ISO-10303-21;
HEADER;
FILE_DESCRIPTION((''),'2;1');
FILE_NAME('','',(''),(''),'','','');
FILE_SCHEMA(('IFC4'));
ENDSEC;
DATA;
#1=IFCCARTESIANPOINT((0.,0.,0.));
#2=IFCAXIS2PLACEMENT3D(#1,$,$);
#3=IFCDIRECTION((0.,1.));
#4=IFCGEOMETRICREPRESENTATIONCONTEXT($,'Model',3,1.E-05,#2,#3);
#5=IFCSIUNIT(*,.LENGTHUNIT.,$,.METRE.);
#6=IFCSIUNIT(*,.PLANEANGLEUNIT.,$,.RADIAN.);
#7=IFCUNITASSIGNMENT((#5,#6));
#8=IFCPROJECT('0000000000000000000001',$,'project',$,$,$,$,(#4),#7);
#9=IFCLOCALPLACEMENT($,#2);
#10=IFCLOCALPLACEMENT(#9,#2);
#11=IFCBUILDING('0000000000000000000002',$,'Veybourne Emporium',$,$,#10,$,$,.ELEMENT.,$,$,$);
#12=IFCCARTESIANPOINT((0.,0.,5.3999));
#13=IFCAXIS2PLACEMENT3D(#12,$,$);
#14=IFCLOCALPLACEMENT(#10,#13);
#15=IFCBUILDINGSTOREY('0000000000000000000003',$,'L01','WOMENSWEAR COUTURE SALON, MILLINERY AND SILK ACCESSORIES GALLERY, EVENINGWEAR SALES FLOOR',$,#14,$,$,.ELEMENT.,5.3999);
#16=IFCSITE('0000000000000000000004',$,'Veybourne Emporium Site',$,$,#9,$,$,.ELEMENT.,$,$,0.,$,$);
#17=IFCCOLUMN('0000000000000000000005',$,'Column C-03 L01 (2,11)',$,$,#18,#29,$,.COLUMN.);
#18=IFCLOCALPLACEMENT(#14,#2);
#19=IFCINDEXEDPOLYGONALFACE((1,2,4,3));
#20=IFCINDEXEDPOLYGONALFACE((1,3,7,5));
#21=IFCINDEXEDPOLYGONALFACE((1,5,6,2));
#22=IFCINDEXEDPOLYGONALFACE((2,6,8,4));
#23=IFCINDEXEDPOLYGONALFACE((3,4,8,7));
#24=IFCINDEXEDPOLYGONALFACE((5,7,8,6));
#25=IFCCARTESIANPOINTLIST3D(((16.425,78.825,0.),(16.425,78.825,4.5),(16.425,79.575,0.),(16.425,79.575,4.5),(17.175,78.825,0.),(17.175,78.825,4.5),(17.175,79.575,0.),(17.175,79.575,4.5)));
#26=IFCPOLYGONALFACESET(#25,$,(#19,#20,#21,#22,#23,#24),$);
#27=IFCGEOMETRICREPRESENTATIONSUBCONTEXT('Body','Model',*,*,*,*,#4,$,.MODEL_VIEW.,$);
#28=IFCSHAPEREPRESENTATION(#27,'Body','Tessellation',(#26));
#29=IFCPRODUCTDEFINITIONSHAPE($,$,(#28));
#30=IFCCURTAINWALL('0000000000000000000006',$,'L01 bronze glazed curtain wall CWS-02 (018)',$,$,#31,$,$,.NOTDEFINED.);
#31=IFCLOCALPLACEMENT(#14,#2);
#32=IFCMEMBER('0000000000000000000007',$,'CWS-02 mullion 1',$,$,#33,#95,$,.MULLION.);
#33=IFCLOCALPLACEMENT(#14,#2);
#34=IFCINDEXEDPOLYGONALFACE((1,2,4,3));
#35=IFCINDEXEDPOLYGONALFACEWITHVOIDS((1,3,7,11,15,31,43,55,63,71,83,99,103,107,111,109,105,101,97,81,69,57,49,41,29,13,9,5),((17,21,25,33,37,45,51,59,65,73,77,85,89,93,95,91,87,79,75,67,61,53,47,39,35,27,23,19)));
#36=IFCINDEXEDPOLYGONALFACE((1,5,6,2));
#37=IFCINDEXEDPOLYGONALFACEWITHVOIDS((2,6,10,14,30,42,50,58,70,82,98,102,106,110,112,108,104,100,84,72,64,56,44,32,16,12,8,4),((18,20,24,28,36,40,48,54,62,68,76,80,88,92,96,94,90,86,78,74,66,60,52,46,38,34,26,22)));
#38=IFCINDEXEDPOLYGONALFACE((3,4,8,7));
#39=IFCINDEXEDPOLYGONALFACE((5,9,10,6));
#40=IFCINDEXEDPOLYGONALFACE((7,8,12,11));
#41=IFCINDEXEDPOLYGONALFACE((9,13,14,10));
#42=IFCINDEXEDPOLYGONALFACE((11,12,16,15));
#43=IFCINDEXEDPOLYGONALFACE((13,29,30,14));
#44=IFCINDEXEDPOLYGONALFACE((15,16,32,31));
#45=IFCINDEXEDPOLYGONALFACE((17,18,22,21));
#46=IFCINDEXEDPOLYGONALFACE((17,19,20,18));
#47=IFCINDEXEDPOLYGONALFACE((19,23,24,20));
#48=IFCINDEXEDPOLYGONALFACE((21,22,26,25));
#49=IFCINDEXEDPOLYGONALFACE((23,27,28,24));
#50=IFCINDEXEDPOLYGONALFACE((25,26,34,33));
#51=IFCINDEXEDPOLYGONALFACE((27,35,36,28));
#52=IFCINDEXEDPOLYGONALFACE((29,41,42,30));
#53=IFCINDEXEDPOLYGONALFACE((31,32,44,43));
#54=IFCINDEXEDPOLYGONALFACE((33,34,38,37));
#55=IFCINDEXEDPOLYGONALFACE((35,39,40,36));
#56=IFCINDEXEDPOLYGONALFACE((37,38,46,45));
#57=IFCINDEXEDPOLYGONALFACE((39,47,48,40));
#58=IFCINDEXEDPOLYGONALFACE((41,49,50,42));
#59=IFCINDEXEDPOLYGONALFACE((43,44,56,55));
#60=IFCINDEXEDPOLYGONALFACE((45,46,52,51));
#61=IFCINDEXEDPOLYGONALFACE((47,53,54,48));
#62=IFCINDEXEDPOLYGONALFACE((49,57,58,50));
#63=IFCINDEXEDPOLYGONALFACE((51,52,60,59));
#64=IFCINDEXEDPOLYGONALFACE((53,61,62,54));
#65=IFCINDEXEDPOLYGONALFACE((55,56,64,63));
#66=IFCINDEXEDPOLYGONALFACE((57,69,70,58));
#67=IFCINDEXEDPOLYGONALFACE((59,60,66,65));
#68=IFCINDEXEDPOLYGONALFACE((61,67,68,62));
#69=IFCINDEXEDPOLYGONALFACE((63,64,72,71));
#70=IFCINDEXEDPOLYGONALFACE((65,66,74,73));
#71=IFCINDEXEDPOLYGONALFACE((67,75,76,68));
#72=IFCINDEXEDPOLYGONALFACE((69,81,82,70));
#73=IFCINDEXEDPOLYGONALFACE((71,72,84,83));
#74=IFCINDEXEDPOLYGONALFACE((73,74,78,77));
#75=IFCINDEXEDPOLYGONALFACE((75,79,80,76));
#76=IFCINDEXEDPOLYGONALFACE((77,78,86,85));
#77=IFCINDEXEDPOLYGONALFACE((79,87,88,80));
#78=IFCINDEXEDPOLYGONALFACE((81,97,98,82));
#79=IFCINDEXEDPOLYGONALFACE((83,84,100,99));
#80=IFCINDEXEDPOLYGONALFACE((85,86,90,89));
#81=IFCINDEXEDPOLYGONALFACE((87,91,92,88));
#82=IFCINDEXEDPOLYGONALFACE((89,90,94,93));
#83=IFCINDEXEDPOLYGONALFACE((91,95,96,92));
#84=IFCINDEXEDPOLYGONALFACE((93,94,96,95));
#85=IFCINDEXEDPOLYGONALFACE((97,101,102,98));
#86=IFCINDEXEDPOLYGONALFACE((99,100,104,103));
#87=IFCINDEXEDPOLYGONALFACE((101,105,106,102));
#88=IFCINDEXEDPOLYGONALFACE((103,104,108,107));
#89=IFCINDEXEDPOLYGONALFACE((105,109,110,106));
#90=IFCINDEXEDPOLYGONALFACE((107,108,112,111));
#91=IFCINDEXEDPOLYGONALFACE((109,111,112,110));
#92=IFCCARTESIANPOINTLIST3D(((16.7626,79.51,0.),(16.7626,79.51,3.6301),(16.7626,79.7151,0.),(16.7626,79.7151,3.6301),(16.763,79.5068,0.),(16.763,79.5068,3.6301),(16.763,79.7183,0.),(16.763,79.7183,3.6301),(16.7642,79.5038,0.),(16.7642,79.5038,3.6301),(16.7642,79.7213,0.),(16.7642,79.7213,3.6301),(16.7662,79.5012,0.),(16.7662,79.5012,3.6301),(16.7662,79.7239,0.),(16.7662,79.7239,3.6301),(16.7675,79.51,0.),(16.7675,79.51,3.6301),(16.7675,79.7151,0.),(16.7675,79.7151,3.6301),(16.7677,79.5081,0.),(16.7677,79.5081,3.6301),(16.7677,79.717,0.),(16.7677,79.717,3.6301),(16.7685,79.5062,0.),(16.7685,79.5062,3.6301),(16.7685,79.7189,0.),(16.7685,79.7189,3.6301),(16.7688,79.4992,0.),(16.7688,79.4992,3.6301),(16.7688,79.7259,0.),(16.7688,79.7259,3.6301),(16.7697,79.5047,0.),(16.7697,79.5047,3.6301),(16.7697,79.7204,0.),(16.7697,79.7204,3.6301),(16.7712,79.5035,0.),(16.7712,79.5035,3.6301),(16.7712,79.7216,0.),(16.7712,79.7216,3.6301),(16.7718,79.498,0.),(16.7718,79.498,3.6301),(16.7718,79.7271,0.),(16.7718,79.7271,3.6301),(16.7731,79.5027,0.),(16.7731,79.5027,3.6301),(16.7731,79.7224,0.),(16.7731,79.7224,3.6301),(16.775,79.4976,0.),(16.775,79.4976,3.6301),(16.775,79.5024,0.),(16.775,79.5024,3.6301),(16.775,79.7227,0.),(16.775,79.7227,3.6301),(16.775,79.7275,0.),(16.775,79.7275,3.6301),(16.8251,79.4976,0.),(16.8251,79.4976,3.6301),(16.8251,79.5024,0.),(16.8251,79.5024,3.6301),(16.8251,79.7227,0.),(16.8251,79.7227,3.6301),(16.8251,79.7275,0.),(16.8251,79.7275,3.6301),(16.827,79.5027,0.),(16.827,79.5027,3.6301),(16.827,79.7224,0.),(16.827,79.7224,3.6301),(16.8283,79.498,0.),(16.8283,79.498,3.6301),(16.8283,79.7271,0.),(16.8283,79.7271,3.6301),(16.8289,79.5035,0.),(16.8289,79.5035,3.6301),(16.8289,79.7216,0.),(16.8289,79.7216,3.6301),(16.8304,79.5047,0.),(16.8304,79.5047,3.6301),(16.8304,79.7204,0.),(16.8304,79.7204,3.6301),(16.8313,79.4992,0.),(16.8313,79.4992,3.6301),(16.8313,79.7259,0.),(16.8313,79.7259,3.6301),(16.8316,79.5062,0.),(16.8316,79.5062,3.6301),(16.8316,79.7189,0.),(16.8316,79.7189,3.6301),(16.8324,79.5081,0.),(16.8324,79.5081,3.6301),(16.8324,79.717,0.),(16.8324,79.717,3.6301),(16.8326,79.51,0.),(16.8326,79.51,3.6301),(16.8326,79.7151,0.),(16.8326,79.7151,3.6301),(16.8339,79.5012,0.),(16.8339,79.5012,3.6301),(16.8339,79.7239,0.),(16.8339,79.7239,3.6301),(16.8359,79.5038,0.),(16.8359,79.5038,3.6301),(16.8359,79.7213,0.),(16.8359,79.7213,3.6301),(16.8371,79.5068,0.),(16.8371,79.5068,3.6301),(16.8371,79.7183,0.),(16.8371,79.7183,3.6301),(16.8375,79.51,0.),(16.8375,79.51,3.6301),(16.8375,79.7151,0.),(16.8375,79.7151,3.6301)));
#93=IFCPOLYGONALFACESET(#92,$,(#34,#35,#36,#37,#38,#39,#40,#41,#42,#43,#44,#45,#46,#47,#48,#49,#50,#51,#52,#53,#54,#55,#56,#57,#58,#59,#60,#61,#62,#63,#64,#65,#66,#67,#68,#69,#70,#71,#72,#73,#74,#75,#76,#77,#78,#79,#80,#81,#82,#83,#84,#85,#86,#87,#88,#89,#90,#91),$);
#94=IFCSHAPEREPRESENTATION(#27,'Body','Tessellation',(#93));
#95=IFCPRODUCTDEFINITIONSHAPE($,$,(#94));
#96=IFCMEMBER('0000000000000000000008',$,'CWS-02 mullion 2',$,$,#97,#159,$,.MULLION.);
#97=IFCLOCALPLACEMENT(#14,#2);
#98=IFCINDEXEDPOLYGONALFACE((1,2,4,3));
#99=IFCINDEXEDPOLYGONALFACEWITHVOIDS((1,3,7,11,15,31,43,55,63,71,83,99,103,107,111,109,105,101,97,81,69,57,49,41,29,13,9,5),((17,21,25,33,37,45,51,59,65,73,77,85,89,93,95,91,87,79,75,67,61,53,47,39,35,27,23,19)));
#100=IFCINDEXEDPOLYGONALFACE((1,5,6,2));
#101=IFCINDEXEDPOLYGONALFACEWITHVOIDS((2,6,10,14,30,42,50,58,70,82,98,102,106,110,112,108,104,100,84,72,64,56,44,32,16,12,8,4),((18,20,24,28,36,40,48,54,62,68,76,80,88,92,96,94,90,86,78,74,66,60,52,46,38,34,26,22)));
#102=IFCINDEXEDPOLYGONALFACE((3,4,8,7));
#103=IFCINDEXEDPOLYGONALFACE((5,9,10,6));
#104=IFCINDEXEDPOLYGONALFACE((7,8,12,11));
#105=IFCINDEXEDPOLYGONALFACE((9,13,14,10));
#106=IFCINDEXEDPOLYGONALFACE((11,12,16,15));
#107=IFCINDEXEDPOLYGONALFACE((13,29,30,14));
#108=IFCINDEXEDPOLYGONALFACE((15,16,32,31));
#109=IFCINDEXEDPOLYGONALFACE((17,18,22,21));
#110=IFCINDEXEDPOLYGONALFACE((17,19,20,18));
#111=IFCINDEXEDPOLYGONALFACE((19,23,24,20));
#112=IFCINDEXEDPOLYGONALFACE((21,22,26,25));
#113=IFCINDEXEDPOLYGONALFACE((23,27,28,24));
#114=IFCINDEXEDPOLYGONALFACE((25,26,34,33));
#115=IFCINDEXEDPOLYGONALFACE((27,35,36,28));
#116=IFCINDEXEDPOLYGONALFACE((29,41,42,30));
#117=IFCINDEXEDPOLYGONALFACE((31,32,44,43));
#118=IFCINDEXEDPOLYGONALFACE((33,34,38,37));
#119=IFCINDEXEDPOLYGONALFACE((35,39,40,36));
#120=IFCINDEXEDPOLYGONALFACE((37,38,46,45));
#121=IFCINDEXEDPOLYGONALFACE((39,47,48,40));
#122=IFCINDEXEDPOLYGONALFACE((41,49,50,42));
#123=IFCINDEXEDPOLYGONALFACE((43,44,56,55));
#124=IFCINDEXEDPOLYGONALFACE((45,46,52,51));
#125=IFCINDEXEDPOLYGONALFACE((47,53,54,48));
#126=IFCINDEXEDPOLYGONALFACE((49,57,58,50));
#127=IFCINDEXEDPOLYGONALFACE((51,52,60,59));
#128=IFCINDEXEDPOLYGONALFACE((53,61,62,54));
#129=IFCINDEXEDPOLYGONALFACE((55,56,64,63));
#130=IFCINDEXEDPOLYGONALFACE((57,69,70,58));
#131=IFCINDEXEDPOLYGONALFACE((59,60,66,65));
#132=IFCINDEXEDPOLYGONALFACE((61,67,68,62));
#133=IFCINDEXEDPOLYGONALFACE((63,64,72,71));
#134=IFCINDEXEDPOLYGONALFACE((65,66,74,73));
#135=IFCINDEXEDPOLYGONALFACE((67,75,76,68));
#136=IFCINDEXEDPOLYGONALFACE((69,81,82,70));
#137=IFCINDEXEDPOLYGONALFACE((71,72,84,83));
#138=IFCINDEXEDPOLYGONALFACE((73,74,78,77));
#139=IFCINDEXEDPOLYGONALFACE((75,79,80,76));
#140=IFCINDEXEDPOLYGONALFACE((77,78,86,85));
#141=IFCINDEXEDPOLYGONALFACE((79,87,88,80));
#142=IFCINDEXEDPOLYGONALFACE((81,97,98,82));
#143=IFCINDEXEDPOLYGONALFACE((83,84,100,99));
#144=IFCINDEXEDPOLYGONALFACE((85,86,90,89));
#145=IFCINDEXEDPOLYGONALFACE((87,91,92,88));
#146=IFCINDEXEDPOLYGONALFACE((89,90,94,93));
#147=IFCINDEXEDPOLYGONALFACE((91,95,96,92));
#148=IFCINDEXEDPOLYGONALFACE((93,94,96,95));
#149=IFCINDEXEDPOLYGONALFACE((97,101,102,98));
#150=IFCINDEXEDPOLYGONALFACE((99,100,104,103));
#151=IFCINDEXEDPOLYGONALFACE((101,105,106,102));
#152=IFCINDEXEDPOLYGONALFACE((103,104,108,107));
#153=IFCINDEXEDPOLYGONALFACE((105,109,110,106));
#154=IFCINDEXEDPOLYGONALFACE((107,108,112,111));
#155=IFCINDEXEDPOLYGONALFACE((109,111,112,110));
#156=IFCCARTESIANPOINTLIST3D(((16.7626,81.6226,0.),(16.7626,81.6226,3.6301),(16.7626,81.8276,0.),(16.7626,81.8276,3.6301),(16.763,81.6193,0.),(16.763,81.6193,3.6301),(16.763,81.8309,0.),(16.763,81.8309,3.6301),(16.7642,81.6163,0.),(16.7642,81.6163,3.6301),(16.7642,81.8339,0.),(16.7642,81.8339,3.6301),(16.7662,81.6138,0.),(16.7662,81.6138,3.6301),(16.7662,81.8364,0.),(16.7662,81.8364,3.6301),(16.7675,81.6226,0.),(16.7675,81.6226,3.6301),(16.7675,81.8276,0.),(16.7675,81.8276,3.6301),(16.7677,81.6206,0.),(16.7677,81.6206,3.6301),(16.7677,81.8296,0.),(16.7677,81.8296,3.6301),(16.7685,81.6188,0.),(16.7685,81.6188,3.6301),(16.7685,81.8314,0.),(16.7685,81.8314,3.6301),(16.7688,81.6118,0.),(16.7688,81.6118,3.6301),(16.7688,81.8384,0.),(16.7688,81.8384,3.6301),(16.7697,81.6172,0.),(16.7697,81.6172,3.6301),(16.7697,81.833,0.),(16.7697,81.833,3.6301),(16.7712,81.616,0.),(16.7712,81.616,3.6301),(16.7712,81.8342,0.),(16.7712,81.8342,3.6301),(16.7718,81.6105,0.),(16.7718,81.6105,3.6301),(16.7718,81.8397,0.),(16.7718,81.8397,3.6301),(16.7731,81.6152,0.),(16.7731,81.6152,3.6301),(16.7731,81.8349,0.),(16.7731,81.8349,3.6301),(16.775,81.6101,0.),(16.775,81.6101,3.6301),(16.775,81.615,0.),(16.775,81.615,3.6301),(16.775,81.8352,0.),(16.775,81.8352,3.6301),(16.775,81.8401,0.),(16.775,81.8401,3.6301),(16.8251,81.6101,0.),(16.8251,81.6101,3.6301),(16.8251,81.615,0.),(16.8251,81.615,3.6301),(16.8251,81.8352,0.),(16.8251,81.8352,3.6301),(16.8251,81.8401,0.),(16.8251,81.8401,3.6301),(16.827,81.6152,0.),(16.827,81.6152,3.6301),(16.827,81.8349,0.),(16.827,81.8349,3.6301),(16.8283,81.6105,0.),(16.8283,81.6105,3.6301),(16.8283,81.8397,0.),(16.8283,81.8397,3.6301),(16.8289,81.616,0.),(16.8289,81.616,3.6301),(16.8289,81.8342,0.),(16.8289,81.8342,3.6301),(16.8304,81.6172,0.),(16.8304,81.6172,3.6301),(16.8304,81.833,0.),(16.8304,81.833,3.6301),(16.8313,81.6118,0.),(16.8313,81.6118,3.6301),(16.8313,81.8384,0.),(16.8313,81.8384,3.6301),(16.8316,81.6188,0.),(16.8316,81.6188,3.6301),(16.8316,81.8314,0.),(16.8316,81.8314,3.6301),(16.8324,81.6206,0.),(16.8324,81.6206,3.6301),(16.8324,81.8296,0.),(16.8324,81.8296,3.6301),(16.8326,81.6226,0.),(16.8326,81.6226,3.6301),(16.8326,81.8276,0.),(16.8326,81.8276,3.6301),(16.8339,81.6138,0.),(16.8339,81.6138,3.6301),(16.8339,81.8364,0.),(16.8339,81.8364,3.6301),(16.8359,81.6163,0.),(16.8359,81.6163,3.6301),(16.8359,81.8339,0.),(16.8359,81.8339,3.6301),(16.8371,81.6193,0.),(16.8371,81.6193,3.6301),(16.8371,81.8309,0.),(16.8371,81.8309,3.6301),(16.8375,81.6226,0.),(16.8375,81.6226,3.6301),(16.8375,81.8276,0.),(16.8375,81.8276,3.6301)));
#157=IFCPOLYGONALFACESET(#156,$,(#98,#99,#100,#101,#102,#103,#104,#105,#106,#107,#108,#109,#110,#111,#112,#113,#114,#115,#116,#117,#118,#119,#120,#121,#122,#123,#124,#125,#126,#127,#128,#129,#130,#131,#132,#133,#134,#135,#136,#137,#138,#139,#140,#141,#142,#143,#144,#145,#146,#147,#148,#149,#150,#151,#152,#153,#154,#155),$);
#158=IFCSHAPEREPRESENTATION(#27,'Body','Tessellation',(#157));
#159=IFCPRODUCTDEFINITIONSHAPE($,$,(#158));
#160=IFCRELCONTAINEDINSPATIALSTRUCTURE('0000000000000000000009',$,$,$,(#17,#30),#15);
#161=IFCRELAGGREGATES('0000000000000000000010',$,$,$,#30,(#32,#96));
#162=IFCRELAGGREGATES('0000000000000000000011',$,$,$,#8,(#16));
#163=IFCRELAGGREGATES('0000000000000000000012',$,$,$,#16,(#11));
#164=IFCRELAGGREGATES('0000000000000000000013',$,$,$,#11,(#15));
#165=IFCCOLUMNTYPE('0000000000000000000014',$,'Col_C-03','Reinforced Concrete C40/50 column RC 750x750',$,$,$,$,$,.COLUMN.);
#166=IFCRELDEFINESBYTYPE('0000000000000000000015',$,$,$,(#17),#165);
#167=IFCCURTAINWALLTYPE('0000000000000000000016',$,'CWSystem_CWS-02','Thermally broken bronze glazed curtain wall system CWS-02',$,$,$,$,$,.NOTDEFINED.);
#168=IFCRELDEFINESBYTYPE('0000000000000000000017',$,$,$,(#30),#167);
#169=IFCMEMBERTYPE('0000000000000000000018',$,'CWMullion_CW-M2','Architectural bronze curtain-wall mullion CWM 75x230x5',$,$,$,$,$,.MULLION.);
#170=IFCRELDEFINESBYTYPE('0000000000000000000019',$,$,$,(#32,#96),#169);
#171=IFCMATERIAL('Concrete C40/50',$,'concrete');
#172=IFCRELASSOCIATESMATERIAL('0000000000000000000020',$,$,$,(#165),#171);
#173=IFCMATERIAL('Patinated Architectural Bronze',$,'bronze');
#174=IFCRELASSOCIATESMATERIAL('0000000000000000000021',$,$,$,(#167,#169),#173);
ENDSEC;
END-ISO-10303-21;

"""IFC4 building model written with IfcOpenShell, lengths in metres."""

from ifc_helpers import new_model, si_unit, direction, frame, origin, origin_2d, place, context, subcontext, project, spatial, rectangle, hollow_rectangle, extrude, material, material_profile, profile_set, type_object, element, aggregate, save


model = new_model("IFC4")

# Units and contexts
model_context = context("Model", 3, precision=1e-05, world=origin(), true_north=direction((0.0, 1.0)))
body_context = subcontext(model_context, "Body", "Model", "MODEL_VIEW")
ifc_project = project(units=[si_unit("LENGTHUNIT", "METRE"), si_unit("PLANEANGLEUNIT", "RADIAN")], contexts=[model_context])

# Site, building, storey
site_placement = place(None, origin())
site = spatial("IfcSite", under=ifc_project, at=site_placement, Name="Veybourne Emporium Site", CompositionType="ELEMENT", RefElevation=0.0)
building_placement = place(site_placement, origin())
building = spatial("IfcBuilding", under=site, at=building_placement, Name="Veybourne Emporium", CompositionType="ELEMENT")
storey_placement = place(building_placement, frame((0.0, 0.0, 5.3999)))
storey = spatial("IfcBuildingStorey", under=building, at=storey_placement, Name="L01", Description="WOMENSWEAR COUTURE SALON, MILLINERY AND SILK ACCESSORIES GALLERY, EVENINGWEAR SALES FLOOR", CompositionType="ELEMENT", Elevation=5.3999)

# Column
ifc_material_1 = material(Name="Concrete C40/50", Category="concrete")
ifc_material_profile_1 = material_profile(ifc_material_1, rectangle(XDim=0.75, YDim=0.75, at=origin_2d()), Name="RC 750x750")
ifc_profile_set_1 = profile_set([ifc_material_profile_1], Name="Concrete C40/50")
column_type = type_object("IfcColumnType", Name="Col_C-03", Description="Reinforced Concrete C40/50 column RC 750x750", PredefinedType="COLUMN", material=ifc_profile_set_1)
column_placement = place(storey_placement, frame((16.8, 79.2, 0.0), z_axis=(0.0, 0.0, 1.0), x_axis=(1.0, 0.0, 0.0)))
element("IfcColumn", 1, at=column_placement, inside=storey, type_object=column_type, Name="Column C-03 L01 (2,11)", PredefinedType="COLUMN", context=body_context, shape_type="SweptSolid", body=[
    extrude(rectangle(XDim=0.75, YDim=0.75, at=origin_2d()), origin(), (0.0, 0.0, 1.0), 4.5),
])

# Curtain wall, members
ifc_material_2 = material(Name="Patinated Architectural Bronze", Category="bronze")
curtain_wall_type = type_object("IfcCurtainWallType", Name="CWSystem_CWS-02", Description="Thermally broken bronze glazed curtain wall system CWS-02", PredefinedType="NOTDEFINED", material=ifc_material_2)
curtain_wall_placement = place(storey_placement, origin())
curtain_wall = element("IfcCurtainWall", 2, at=curtain_wall_placement, inside=storey, type_object=curtain_wall_type, Name="L01 bronze glazed curtain wall CWS-02 (018)", PredefinedType="NOTDEFINED")
ifc_material_profile_2 = material_profile(ifc_material_2, hollow_rectangle(XDim=0.075, YDim=0.23, WallThickness=0.0049, InnerFilletRadius=0.0076, OuterFilletRadius=0.0125, at=origin_2d()), Name="CWM 75x230x5")
ifc_profile_set_2 = profile_set([ifc_material_profile_2], Name="Patinated Architectural Bronze")
member_type_1 = type_object("IfcMemberType", Name="CWMullion_CW-M2", Description="Architectural bronze curtain-wall mullion CWM 75x230x5", PredefinedType="MULLION", material=ifc_profile_set_2)
member_1_placement = place(storey_placement, frame((16.8, 79.6125, 0.0), z_axis=(0.0, 0.0, 1.0), x_axis=(-1.0, 0.0, 0.0)))
member_1 = element("IfcMember", 3, at=member_1_placement, type_object=member_type_1, Name="CWS-02 mullion 1", PredefinedType="MULLION", context=body_context, shape_type="SweptSolid", body=[
    extrude(hollow_rectangle(XDim=0.075, YDim=0.23, WallThickness=0.0049, InnerFilletRadius=0.0076, OuterFilletRadius=0.0125, at=origin_2d()), origin(), (0.0, 0.0, 1.0), 3.6301),
])
member_2_placement = place(storey_placement, frame((16.8, 81.7251, 0.0), z_axis=(0.0, 0.0, 1.0), x_axis=(-1.0, 0.0, 0.0)))
member_2 = element("IfcMember", 4, at=member_2_placement, type_object=member_type_1, Name="CWS-02 mullion 2", PredefinedType="MULLION", context=body_context, shape_type="SweptSolid", body=[
    extrude(hollow_rectangle(XDim=0.075, YDim=0.23, WallThickness=0.0049, InnerFilletRadius=0.0076, OuterFilletRadius=0.0125, at=origin_2d()), origin(), (0.0, 0.0, 1.0), 3.6301),
])

aggregate(curtain_wall, [member_1, member_2])

save(model, "model.ifc")
